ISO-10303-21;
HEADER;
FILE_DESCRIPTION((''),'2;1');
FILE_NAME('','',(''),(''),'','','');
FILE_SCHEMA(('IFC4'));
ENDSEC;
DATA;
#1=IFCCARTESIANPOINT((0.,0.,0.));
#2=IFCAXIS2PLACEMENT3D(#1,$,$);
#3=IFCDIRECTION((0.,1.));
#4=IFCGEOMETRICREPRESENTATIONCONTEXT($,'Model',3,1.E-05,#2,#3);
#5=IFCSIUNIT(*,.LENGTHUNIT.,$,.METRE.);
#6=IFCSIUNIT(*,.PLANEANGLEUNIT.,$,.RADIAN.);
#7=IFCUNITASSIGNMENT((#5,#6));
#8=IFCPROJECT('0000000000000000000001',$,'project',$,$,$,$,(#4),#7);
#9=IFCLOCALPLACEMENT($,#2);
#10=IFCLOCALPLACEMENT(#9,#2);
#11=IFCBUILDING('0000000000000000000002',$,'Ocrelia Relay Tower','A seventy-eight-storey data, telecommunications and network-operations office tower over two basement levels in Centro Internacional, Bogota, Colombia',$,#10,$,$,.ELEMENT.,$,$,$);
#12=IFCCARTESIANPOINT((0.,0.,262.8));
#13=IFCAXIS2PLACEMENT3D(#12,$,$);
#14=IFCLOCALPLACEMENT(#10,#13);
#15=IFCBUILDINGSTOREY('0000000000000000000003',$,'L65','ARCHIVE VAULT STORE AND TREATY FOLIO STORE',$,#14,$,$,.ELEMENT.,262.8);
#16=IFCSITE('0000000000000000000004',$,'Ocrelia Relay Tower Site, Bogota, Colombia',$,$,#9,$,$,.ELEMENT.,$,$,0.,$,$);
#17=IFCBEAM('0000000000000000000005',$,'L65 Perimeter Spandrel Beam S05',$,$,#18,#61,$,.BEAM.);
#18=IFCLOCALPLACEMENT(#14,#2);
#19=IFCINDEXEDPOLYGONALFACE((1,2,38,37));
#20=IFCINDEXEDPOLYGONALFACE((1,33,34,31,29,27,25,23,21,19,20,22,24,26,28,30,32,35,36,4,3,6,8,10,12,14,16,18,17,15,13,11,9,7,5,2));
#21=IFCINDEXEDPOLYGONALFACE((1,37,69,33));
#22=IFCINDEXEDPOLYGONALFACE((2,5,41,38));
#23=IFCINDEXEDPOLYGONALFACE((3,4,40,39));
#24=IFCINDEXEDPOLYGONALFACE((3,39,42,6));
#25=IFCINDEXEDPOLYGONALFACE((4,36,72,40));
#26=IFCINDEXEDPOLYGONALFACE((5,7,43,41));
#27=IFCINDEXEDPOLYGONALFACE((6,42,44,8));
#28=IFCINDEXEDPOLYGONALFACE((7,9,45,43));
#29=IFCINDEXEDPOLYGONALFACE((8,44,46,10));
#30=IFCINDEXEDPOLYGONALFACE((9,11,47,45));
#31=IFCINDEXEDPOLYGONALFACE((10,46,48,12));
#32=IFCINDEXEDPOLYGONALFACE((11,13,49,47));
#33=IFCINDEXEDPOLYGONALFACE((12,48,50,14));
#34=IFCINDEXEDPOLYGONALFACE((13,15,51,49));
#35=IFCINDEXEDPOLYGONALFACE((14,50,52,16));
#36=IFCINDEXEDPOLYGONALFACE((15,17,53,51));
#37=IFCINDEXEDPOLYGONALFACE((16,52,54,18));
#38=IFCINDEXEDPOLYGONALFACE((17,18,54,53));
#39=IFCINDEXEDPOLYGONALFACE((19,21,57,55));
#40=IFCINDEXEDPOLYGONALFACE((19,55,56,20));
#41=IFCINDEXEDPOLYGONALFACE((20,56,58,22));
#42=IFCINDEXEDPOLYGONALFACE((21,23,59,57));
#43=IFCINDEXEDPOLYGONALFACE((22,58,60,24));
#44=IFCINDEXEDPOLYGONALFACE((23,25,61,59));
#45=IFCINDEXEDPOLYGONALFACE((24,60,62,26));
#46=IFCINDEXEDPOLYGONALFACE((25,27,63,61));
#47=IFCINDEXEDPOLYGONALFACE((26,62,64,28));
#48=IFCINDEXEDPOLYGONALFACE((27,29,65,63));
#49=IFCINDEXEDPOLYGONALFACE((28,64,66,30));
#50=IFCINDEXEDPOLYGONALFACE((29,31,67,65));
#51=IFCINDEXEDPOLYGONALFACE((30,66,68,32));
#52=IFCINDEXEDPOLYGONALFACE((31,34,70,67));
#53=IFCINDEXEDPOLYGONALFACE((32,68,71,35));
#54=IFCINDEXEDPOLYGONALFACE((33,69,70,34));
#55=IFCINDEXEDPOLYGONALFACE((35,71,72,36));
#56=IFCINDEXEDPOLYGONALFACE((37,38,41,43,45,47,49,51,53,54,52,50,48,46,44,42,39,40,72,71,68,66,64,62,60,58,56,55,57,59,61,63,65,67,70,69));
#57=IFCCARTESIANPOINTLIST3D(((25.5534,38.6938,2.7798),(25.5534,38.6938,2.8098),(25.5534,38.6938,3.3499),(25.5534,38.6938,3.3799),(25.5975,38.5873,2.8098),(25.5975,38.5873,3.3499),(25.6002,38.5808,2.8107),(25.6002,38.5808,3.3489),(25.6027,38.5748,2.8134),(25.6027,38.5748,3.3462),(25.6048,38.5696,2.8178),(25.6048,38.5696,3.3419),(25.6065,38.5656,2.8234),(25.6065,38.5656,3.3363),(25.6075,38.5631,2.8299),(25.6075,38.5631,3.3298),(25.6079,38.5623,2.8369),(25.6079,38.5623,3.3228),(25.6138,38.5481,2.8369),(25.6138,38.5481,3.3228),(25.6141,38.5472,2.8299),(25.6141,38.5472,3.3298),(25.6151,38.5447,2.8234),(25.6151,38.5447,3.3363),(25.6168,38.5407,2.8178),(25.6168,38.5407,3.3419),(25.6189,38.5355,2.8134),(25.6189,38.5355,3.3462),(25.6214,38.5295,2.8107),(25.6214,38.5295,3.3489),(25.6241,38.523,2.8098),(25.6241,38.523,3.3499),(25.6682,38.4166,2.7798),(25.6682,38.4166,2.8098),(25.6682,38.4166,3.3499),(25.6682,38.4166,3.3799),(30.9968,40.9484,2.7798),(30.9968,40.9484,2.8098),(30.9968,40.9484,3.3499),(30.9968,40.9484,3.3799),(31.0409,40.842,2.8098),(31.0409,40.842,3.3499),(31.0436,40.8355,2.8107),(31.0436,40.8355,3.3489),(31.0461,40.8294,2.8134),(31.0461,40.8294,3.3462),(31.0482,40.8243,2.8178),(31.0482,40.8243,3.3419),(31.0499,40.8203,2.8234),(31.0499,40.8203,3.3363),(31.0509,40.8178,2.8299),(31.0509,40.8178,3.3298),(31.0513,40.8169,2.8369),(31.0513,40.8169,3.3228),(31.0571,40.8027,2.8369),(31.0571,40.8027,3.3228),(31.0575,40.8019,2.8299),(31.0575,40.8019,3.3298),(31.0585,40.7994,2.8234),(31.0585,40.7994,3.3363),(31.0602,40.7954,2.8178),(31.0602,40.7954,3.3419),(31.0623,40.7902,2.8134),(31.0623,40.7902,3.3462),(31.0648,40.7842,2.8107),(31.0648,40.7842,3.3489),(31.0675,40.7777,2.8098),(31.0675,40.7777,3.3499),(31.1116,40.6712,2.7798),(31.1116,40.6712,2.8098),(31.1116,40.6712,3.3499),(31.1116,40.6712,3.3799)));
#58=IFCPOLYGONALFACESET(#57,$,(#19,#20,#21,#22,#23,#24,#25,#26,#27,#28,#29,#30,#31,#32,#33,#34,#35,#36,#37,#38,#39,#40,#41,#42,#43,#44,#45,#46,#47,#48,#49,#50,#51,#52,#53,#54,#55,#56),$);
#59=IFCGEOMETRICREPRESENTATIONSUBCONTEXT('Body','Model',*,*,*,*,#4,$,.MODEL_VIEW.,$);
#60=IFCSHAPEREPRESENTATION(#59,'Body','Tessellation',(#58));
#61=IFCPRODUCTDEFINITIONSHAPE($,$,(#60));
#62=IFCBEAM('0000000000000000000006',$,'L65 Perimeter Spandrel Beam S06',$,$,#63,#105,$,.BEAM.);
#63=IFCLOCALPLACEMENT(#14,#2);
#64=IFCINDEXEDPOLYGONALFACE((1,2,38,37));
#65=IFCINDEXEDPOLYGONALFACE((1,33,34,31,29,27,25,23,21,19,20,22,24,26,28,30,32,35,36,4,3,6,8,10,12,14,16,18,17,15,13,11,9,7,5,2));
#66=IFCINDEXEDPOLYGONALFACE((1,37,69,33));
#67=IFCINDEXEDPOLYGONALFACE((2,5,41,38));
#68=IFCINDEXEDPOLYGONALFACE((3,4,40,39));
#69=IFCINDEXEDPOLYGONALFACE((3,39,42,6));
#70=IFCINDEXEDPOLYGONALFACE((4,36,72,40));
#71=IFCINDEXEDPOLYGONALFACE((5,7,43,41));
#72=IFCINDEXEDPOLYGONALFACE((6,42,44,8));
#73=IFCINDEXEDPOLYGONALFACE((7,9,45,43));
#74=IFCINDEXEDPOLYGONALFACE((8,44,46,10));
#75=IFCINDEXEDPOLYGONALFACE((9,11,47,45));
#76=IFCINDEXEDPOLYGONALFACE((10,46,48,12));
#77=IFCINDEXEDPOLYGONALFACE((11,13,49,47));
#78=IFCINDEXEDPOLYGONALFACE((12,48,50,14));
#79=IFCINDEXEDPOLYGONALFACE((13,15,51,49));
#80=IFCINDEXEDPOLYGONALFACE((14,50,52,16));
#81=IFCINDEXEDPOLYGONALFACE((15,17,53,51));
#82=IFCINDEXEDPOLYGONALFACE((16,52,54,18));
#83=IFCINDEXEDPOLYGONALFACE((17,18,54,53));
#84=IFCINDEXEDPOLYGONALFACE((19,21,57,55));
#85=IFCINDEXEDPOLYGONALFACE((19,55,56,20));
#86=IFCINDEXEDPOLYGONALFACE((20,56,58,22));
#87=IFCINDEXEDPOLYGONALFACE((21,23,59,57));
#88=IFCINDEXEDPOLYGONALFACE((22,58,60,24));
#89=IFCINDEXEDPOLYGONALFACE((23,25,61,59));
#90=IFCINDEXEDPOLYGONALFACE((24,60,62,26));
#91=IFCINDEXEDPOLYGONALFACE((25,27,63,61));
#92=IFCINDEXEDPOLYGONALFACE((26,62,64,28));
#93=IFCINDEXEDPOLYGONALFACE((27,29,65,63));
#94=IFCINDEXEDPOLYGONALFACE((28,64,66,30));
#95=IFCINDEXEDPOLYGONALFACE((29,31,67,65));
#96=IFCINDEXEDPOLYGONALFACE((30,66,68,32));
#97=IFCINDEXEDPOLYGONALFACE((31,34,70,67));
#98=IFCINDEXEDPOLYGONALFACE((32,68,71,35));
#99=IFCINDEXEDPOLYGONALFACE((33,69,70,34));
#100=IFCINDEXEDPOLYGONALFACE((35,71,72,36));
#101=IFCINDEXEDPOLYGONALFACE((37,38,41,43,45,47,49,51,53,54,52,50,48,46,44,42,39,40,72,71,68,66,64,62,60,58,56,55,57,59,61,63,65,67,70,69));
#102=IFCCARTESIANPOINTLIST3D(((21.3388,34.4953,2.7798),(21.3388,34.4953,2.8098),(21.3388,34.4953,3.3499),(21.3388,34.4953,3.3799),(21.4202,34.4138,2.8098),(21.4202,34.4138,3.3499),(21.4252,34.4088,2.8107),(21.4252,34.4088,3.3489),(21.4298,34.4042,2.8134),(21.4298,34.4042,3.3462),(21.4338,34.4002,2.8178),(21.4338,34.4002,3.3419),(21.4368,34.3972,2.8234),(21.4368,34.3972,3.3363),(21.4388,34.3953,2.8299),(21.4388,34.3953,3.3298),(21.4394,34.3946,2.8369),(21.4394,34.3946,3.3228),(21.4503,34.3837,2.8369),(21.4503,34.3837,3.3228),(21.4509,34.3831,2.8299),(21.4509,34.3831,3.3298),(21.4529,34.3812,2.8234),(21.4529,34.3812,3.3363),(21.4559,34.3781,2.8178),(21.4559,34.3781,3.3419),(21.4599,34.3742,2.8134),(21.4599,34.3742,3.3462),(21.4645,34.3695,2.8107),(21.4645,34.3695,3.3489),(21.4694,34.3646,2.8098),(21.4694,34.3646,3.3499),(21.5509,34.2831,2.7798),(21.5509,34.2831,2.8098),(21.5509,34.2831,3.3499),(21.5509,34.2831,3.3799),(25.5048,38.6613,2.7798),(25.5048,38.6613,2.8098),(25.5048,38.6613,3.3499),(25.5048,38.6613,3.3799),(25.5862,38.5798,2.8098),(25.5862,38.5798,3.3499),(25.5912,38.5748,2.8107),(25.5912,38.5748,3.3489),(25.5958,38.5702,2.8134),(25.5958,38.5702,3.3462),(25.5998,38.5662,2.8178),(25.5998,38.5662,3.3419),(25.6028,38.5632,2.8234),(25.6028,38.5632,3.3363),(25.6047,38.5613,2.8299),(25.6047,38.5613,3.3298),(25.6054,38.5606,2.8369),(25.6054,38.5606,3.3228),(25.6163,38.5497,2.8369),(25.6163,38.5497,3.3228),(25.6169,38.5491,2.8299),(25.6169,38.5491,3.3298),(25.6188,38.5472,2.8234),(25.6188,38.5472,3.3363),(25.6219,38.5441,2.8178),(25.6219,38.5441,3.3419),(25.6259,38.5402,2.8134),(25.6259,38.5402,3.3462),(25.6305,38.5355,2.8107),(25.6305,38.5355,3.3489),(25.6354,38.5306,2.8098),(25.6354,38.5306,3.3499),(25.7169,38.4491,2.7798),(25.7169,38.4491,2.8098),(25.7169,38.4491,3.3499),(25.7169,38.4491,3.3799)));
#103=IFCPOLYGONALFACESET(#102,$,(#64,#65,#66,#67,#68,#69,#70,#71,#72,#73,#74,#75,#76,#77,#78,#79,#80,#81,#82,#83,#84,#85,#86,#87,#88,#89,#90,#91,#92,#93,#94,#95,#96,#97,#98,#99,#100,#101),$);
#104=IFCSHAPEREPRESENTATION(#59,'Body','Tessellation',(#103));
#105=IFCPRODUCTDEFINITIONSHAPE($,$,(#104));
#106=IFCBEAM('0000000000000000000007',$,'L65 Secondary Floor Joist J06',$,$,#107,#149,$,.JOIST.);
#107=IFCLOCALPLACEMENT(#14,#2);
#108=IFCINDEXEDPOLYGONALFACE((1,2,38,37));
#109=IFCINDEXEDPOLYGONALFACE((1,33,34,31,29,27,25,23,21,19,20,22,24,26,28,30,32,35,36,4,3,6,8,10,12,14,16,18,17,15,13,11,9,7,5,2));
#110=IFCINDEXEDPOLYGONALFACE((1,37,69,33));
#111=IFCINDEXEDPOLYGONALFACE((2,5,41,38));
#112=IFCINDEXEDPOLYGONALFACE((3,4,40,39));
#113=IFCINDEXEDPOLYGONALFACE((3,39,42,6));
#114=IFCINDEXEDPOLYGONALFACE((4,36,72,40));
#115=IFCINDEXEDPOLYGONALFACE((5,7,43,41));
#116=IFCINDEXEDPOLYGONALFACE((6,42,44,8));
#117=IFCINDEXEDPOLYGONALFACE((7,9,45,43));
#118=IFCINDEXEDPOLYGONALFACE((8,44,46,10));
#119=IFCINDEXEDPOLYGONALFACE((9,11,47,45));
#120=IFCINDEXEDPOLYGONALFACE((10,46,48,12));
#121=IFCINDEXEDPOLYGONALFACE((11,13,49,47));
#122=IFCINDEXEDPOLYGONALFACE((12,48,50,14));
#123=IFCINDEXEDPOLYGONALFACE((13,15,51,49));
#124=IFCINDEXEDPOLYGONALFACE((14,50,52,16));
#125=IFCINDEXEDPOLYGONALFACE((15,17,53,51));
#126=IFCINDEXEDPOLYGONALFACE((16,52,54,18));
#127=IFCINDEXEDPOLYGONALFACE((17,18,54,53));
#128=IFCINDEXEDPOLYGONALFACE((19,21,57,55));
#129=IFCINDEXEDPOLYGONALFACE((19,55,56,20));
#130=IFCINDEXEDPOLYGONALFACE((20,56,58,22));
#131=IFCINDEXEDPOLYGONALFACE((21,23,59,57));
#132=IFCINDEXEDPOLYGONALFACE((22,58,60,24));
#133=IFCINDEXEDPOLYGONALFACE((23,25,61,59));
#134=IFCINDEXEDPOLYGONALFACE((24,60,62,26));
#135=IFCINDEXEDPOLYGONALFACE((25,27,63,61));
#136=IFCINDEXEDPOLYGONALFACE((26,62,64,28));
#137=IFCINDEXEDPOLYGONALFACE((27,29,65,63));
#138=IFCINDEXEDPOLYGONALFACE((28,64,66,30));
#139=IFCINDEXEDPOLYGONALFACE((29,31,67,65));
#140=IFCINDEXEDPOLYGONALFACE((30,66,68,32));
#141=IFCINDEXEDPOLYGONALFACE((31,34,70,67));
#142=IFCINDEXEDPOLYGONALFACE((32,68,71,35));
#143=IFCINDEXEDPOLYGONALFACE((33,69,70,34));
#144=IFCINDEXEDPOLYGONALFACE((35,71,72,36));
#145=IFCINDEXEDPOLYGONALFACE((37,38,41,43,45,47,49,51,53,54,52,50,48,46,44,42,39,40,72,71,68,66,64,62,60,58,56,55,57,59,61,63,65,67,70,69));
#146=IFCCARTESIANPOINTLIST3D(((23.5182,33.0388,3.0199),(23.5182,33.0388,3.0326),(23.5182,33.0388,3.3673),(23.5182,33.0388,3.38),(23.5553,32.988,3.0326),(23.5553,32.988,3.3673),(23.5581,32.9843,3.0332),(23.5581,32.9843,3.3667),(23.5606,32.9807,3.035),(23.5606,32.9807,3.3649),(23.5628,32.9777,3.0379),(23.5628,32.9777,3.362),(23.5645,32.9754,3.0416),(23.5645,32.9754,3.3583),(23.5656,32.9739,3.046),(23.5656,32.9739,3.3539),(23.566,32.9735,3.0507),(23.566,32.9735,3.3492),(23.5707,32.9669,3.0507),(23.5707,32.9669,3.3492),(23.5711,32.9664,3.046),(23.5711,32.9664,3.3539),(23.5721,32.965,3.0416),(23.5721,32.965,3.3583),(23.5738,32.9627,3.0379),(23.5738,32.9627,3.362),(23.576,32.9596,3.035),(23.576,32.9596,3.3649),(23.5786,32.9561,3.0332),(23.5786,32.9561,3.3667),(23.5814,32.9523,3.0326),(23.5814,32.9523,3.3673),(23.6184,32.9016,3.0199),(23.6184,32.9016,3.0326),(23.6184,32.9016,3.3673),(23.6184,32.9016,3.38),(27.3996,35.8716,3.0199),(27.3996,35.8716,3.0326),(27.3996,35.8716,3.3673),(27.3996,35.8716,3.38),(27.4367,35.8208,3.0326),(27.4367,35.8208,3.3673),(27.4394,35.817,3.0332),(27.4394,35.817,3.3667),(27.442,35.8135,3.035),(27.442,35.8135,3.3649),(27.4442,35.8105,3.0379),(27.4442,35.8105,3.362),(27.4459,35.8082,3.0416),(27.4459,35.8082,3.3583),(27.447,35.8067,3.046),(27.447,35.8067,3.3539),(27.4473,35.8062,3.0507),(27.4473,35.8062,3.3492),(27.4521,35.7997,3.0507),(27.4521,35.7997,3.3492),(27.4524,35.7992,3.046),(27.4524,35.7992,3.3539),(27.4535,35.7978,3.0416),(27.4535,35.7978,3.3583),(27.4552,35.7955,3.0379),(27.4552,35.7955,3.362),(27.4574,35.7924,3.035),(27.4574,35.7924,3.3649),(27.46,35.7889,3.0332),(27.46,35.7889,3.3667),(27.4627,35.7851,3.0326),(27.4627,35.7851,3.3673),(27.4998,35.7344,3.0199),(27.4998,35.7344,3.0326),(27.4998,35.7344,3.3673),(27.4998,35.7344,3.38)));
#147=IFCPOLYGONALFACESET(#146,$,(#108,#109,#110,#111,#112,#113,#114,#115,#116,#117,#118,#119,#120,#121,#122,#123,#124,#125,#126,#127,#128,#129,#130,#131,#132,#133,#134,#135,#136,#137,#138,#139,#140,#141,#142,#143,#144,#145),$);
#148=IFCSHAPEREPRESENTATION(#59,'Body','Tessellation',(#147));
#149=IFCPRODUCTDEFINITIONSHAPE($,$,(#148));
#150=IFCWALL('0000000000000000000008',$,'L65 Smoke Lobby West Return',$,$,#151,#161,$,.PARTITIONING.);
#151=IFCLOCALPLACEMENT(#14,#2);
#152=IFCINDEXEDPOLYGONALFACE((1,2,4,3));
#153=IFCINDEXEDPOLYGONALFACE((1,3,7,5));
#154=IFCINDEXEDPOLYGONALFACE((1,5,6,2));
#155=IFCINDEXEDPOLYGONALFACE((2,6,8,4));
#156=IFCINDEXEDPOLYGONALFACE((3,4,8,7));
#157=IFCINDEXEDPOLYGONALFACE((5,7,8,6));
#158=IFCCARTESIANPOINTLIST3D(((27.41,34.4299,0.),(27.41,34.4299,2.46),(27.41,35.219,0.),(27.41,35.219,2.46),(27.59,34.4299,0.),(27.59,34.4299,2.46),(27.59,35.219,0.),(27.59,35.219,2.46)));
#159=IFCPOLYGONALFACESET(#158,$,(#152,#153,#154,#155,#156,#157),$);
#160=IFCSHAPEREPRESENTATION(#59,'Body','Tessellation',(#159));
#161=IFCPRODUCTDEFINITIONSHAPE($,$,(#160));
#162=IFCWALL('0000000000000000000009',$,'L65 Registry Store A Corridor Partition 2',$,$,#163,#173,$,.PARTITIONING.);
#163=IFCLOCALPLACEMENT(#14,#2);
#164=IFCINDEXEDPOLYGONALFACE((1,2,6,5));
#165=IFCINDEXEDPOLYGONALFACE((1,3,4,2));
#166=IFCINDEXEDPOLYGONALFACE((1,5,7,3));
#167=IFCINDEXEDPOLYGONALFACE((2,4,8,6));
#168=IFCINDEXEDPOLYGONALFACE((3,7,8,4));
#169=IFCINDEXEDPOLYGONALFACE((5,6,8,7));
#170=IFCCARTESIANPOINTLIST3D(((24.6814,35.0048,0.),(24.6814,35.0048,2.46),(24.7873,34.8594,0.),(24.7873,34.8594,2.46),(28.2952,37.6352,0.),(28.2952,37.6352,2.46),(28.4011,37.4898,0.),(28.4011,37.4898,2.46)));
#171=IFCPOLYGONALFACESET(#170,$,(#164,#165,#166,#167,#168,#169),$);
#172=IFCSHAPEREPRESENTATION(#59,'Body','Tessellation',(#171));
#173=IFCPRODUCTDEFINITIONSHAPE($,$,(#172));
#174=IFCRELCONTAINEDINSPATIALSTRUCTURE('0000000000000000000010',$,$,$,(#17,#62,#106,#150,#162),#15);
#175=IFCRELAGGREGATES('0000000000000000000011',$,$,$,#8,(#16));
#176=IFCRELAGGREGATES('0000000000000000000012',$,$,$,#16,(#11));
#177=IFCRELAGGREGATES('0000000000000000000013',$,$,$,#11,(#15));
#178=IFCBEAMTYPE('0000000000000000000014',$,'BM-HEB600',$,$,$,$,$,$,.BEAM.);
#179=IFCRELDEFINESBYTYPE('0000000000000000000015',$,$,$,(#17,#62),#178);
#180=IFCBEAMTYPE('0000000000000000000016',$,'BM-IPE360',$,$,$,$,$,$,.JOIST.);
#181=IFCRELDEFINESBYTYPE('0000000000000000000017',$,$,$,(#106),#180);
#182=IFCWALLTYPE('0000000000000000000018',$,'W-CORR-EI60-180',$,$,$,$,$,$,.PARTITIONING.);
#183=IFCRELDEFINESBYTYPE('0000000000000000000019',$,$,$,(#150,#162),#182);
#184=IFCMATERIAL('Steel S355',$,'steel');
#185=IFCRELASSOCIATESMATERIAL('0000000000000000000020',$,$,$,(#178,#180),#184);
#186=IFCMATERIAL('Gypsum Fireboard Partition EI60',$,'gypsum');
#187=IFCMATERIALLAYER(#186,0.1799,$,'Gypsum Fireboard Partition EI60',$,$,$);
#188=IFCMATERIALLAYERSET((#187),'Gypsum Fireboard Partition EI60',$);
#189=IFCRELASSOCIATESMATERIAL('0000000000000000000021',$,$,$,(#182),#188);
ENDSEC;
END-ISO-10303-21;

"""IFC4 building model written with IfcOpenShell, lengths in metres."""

from ifc_helpers import new_model, si_unit, direction, frame, frame_2d, origin, origin_2d, place, context, subcontext, project, spatial, rectangle, i_section, extrude, material, layer, layer_set, material_profile, profile_set, type_object, element, save


model = new_model("IFC4")

# Units and contexts
model_context = context("Model", 3, precision=1e-05, world=origin(), true_north=direction((0.0, 1.0)))
body_context = subcontext(model_context, "Body", "Model", "MODEL_VIEW")
ifc_project = project(units=[si_unit("LENGTHUNIT", "METRE"), si_unit("PLANEANGLEUNIT", "RADIAN")], contexts=[model_context])

# Site, building, storey
site_placement = place(None, origin())
site = spatial("IfcSite", under=ifc_project, at=site_placement, Name="Ocrelia Relay Tower Site, Bogota, Colombia", CompositionType="ELEMENT", RefElevation=0.0)
building_placement = place(site_placement, origin())
building = spatial("IfcBuilding", under=site, at=building_placement, Name="Ocrelia Relay Tower", Description="A seventy-eight-storey data, telecommunications and network-operations office tower over two basement levels in Centro Internacional, Bogota, Colombia", CompositionType="ELEMENT")
storey_placement = place(building_placement, frame((0.0, 0.0, 262.8)))
storey = spatial("IfcBuildingStorey", under=building, at=storey_placement, Name="L65", Description="ARCHIVE VAULT STORE AND TREATY FOLIO STORE", CompositionType="ELEMENT", Elevation=262.8)

# Beams
ifc_material_1 = material(Name="Steel S355", Category="steel")
ifc_material_profile_1 = material_profile(ifc_material_1, i_section(OverallWidth=0.3, OverallDepth=0.6001, WebThickness=0.0154, FlangeThickness=0.03, FilletRadius=0.0271, at=origin_2d()), Name="HEB 600")
ifc_profile_set_1 = profile_set([ifc_material_profile_1], Name="Steel S355")
beam_type_1 = type_object("IfcBeamType", Name="BM-HEB600", PredefinedType="BEAM", material=ifc_profile_set_1)
beam_1_placement = place(storey_placement, frame((31.0542, 40.8098, 3.0798), z_axis=(-0.923884, -0.382673, 0.0), x_axis=(0.382673, -0.923884, 0.0)))
element("IfcBeam", 1, at=beam_1_placement, inside=storey, type_object=beam_type_1, Name="L65 Perimeter Spandrel Beam S05", PredefinedType="BEAM", context=body_context, shape_type="SweptSolid", body=[
    extrude(i_section(OverallWidth=0.3, OverallDepth=0.6001, WebThickness=0.0154, FlangeThickness=0.03, FilletRadius=0.0271, at=origin_2d()), origin(), (0.0, 0.0, 1.0), 5.8918),
])
beam_2_placement = place(storey_placement, frame((25.6108, 38.5552, 3.0798), z_axis=(-0.707107, -0.707107, 0.0), x_axis=(0.707107, -0.707107, 0.0)))
element("IfcBeam", 2, at=beam_2_placement, inside=storey, type_object=beam_type_1, Name="L65 Perimeter Spandrel Beam S06", PredefinedType="BEAM", context=body_context, shape_type="SweptSolid", body=[
    extrude(i_section(OverallWidth=0.3, OverallDepth=0.6001, WebThickness=0.0154, FlangeThickness=0.03, FilletRadius=0.0271, at=origin_2d()), origin(), (0.0, 0.0, 1.0), 5.8916),
])
ifc_material_profile_2 = material_profile(ifc_material_1, i_section(OverallWidth=0.1699, OverallDepth=0.3601, WebThickness=0.0081, FlangeThickness=0.0127, FilletRadius=0.0181, at=origin_2d()), Name="IPE 360")
ifc_profile_set_2 = profile_set([ifc_material_profile_2], Name="Steel S355")
beam_type_2 = type_object("IfcBeamType", Name="BM-IPE360", PredefinedType="JOIST", material=ifc_profile_set_2)
beam_3_placement = place(storey_placement, frame((27.4497, 35.803, 3.2), z_axis=(-0.807748, -0.589527, 0.0), x_axis=(0.589527, -0.807748, 0.0)))
element("IfcBeam", 3, at=beam_3_placement, inside=storey, type_object=beam_type_2, Name="L65 Secondary Floor Joist J06", PredefinedType="JOIST", context=body_context, shape_type="SweptSolid", body=[
    extrude(i_section(OverallWidth=0.1699, OverallDepth=0.3601, WebThickness=0.0081, FlangeThickness=0.0127, FilletRadius=0.0181, at=origin_2d()), origin(), (0.0, 0.0, 1.0), 4.8052),
])

# Wall
ifc_material_2 = material(Name="Gypsum Fireboard Partition EI60", Category="gypsum")
ifc_layer_1 = layer(ifc_material_2, 0.1799, Name="Gypsum Fireboard Partition EI60")
ifc_layer_set_1 = layer_set([ifc_layer_1], Name="Gypsum Fireboard Partition EI60")
wall_type_1 = type_object("IfcWallType", Name="W-CORR-EI60-180", PredefinedType="PARTITIONING", material=ifc_layer_set_1)
wall_1_placement = place(storey_placement, frame((27.5, 34.4299, 0.0), z_axis=(0.0, 0.0, 1.0), x_axis=(0.0, 1.0, 0.0)))
element("IfcWall", 4, at=wall_1_placement, inside=storey, type_object=wall_type_1, Name="L65 Smoke Lobby West Return", PredefinedType="PARTITIONING", context=body_context, shape_type="SweptSolid", body=[
    extrude(rectangle(XDim=0.7891, YDim=0.1799, at=frame_2d((0.3945, 0.0))), origin(), (0.0, 0.0, 1.0), 2.46),
])

# Wall
wall_2_placement = place(storey_placement, frame((28.3481, 37.5625, 0.0), z_axis=(0.0, 0.0, 1.0), x_axis=(-0.808505, -0.58849, 0.0)))
element("IfcWall", 5, at=wall_2_placement, inside=storey, type_object=wall_type_1, Name="L65 Registry Store A Corridor Partition 2", PredefinedType="PARTITIONING", context=body_context, shape_type="SweptSolid", body=[
    extrude(rectangle(XDim=4.4697, YDim=0.1799, at=frame_2d((2.2349, 0.0))), origin(), (0.0, 0.0, 1.0), 2.46),
])

save(model, "model.ifc")
